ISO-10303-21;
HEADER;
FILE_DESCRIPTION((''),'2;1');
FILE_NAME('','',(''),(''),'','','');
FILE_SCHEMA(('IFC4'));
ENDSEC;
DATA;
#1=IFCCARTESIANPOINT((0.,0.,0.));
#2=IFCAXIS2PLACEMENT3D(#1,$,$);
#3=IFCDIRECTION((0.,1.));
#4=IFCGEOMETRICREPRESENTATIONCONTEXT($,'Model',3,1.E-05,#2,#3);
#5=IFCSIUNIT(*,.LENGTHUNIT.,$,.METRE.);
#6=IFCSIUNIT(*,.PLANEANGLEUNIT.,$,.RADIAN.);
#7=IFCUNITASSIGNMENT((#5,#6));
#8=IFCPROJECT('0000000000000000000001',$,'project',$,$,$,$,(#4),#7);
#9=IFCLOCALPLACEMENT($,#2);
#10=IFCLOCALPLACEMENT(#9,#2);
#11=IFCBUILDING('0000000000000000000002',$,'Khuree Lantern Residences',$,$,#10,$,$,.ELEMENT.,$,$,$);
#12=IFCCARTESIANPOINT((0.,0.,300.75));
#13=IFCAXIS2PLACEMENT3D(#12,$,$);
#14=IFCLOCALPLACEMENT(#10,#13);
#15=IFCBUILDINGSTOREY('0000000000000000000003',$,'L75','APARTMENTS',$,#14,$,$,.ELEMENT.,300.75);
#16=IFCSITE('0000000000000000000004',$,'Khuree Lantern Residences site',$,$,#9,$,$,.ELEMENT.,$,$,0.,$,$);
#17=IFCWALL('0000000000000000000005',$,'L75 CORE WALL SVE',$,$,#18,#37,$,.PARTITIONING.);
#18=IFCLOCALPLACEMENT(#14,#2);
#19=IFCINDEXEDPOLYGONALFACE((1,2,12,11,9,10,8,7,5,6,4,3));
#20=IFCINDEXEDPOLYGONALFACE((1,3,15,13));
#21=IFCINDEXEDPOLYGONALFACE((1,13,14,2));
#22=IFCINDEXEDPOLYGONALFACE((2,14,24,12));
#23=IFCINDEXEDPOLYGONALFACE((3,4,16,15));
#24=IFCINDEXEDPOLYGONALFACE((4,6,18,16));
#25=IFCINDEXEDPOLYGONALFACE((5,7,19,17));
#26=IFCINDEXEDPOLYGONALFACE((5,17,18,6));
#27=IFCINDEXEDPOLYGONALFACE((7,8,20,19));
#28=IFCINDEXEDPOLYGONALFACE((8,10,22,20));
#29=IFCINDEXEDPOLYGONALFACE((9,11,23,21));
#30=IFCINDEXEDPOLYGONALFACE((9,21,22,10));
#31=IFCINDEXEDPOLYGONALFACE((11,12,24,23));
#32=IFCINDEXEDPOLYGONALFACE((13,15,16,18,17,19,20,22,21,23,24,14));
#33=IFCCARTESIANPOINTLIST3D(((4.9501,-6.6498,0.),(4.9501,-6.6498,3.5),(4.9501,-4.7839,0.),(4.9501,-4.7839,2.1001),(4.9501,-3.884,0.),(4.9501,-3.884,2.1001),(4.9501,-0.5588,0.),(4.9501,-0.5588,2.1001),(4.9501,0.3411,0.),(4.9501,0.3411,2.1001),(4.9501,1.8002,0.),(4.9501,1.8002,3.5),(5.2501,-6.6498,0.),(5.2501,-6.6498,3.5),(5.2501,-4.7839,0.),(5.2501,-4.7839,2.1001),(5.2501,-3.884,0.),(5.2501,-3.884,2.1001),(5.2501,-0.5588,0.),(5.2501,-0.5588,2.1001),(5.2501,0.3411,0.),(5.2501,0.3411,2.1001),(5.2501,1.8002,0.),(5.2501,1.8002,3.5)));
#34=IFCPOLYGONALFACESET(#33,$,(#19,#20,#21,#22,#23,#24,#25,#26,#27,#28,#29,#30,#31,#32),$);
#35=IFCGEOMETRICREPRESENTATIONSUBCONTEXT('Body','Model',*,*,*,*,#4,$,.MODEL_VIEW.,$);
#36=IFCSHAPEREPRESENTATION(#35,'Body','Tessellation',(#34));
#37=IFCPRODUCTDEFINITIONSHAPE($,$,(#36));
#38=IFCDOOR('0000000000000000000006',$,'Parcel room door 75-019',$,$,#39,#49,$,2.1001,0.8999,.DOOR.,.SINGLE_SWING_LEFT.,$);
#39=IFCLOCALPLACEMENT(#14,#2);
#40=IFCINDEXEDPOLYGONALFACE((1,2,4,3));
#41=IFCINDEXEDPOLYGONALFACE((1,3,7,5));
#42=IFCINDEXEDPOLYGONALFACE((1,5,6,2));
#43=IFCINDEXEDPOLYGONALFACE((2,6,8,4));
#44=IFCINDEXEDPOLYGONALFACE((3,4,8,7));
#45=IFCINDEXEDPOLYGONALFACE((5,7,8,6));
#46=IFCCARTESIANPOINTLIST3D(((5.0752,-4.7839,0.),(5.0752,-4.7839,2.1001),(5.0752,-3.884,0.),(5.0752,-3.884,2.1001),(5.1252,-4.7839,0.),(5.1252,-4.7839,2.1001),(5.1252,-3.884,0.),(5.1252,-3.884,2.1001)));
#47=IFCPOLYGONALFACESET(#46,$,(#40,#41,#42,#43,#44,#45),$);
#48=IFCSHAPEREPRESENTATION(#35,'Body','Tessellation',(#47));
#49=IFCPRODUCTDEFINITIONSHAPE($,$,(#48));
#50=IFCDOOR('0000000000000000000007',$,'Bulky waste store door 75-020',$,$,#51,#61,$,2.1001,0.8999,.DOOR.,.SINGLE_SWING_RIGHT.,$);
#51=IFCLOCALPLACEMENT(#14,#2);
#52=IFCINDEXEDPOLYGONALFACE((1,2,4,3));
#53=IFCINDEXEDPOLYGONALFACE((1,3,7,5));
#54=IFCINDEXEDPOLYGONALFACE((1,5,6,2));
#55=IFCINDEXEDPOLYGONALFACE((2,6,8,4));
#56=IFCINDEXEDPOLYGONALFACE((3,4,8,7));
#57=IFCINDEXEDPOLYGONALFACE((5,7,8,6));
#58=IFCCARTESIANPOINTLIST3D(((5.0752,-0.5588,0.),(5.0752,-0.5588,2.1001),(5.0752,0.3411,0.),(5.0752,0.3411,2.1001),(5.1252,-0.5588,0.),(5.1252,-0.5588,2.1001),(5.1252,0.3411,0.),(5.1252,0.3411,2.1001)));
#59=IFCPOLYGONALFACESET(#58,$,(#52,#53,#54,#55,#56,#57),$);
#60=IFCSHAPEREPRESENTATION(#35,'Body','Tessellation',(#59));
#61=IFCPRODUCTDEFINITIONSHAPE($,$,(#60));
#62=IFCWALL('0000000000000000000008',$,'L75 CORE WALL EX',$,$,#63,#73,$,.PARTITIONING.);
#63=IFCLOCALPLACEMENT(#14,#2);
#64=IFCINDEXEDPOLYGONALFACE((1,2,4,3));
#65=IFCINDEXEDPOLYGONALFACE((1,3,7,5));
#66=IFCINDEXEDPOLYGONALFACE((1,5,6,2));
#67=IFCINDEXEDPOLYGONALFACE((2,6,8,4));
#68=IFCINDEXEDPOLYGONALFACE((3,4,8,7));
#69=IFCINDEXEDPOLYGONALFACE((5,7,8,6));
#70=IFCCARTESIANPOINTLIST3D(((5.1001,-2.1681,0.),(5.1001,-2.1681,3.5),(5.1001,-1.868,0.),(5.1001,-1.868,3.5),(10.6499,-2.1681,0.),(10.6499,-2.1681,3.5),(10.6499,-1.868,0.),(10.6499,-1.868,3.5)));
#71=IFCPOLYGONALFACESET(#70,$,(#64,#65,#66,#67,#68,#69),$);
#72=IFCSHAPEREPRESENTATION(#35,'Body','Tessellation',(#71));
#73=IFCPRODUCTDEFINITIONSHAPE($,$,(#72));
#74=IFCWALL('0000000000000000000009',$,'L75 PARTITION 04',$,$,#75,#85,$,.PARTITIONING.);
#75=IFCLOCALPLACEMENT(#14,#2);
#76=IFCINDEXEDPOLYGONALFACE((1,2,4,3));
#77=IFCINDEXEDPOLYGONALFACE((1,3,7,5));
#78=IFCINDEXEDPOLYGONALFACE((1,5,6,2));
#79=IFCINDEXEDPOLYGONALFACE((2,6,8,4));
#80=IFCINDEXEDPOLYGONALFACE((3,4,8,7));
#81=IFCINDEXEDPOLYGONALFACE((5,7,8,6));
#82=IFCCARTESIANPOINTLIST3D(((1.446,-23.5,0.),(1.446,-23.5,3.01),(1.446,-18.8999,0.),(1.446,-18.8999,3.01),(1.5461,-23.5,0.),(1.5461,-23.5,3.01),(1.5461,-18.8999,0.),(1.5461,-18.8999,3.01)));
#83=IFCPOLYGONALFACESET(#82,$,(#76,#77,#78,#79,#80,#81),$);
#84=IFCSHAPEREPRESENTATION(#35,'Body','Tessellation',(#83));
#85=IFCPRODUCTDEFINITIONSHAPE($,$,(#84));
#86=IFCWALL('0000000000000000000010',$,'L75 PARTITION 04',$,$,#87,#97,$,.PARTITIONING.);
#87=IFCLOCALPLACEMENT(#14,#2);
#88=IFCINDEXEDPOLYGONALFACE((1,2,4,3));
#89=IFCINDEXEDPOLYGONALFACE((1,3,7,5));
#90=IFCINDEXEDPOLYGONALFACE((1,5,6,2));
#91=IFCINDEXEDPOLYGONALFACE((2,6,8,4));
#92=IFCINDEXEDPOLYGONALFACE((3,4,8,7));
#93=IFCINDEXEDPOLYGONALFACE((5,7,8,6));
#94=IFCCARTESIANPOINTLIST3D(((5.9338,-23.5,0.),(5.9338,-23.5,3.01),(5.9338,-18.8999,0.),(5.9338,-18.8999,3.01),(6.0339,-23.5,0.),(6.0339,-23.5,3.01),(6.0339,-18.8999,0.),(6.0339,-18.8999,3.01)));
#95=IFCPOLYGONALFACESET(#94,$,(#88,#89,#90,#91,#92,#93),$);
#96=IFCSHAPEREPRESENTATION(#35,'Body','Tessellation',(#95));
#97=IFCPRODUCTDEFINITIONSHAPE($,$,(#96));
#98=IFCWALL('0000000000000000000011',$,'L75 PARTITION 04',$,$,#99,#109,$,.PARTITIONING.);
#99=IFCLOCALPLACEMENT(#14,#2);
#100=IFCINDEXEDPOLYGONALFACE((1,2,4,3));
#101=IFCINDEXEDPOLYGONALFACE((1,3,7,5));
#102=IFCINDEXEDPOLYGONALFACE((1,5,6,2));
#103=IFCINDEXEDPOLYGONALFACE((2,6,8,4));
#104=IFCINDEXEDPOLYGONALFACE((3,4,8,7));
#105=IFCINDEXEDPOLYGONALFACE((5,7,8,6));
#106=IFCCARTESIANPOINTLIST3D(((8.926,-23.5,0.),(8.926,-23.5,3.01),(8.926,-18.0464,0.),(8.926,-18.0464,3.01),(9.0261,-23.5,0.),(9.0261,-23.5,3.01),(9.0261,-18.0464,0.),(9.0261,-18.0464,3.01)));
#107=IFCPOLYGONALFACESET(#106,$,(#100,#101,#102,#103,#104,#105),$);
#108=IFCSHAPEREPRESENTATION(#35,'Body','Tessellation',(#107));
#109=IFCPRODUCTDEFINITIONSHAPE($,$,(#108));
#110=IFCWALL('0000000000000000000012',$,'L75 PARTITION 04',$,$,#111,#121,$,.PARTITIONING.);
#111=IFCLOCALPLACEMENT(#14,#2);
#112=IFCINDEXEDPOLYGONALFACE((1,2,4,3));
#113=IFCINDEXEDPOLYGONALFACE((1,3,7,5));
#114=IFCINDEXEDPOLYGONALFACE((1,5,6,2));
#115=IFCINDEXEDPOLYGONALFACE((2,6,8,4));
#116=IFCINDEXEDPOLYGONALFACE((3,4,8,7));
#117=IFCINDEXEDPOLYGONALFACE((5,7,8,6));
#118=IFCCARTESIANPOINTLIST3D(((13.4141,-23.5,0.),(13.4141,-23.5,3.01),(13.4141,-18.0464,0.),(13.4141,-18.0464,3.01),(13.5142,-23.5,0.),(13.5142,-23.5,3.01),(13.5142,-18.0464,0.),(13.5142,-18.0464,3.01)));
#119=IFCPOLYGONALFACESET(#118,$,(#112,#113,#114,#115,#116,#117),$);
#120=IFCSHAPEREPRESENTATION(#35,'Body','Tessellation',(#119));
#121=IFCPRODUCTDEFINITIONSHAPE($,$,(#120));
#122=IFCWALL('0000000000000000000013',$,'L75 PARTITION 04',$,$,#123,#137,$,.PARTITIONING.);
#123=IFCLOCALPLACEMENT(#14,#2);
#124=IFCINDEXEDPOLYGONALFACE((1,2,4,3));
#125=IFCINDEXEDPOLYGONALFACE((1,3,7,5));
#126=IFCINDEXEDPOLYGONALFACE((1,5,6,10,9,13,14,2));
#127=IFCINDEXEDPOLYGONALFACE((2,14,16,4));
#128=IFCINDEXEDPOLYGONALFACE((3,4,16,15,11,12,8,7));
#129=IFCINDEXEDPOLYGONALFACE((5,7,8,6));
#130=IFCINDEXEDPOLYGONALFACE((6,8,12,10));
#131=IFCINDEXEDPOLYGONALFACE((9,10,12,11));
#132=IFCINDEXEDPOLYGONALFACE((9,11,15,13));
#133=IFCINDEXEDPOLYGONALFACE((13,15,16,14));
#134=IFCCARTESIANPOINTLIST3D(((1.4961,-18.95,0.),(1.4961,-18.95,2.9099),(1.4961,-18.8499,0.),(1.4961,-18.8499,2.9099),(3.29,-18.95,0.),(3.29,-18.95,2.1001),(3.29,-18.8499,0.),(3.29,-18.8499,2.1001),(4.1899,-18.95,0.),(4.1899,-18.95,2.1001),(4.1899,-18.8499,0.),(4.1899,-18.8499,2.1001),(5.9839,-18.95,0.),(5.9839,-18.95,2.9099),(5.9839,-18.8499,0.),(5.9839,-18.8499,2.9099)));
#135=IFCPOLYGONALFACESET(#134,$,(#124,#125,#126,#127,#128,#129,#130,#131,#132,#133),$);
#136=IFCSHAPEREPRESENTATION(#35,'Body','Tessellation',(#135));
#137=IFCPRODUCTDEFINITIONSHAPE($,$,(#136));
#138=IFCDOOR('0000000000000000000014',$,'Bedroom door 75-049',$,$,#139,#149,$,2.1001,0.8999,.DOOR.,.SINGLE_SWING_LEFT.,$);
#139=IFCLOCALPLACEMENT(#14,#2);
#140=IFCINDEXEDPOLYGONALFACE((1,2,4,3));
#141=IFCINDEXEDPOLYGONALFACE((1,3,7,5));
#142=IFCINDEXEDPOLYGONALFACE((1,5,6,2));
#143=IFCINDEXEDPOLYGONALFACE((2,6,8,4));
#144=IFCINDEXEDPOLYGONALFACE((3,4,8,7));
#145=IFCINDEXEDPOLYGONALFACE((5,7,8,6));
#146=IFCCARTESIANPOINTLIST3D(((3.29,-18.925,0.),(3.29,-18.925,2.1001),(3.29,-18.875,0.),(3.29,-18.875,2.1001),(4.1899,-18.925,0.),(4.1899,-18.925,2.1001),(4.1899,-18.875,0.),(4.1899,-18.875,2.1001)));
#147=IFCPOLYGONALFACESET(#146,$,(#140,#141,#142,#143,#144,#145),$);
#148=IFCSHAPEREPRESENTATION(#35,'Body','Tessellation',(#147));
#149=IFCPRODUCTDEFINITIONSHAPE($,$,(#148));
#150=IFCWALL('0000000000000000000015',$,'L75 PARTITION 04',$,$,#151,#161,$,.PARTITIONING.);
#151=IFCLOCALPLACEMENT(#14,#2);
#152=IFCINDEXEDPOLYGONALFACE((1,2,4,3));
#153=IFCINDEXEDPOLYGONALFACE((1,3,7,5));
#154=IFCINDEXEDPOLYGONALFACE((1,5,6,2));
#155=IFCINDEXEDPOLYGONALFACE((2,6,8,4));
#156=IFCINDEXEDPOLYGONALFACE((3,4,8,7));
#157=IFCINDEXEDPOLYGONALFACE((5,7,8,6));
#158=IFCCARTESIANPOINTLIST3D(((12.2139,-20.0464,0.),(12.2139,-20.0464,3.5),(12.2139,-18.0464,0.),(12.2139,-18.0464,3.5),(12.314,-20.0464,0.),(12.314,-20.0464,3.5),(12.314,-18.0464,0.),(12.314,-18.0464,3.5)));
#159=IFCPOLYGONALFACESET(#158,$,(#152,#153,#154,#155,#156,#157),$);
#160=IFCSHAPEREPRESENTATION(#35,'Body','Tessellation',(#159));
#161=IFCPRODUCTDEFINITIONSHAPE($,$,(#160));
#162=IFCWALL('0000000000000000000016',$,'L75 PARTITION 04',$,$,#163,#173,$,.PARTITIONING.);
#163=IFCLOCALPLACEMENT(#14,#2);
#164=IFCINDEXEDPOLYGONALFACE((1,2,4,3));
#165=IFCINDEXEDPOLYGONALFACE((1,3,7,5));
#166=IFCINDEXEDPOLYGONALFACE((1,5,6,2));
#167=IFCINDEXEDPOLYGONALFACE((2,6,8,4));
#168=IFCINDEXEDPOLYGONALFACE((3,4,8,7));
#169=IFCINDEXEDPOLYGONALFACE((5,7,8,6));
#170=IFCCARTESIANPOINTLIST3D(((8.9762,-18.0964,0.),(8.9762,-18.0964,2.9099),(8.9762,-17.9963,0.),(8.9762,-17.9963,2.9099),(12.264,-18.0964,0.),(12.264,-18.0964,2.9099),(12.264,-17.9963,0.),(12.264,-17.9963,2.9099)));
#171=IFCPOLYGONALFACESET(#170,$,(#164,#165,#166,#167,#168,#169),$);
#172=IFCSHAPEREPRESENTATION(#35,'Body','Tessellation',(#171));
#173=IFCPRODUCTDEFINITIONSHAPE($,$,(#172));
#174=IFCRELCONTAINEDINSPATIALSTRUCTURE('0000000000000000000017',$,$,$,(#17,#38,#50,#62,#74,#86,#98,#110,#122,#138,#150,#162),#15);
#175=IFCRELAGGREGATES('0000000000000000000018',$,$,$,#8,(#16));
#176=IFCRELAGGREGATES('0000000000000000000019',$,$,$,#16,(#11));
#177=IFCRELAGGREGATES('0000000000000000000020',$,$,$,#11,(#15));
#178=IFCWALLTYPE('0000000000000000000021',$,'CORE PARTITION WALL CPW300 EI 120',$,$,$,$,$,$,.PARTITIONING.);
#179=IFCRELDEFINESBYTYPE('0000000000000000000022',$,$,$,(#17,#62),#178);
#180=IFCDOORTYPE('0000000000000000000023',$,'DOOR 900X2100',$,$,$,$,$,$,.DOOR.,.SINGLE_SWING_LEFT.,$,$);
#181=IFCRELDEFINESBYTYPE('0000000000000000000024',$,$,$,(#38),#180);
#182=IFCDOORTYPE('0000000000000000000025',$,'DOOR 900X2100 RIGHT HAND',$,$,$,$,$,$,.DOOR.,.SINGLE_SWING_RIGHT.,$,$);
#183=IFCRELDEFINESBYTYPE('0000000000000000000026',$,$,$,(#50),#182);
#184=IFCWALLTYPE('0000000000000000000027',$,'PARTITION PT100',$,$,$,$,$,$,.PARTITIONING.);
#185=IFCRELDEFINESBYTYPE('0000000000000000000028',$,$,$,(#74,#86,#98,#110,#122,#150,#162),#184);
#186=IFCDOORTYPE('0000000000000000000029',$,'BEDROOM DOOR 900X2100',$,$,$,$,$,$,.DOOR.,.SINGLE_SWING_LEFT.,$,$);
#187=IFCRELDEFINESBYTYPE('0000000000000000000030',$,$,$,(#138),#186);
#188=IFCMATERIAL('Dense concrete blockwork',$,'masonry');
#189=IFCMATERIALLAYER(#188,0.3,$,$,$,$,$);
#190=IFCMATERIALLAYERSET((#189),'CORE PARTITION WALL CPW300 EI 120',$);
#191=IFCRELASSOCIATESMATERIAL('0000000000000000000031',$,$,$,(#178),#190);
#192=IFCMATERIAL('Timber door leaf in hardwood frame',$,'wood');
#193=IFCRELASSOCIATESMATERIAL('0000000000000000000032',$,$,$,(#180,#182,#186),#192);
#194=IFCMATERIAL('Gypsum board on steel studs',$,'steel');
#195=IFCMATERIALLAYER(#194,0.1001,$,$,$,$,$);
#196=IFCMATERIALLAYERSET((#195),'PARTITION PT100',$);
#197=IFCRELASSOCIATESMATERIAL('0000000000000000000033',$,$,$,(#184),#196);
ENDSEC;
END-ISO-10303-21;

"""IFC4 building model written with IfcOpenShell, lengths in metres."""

from ifc_helpers import new_model, si_unit, direction, frame, frame_2d, origin, place, context, subcontext, project, spatial, rectangle, extrude, material, layer, layer_set, type_object, element, fill, save


model = new_model("IFC4")

# Units and contexts
model_context = context("Model", 3, precision=1e-05, world=origin(), true_north=direction((0.0, 1.0)))
body_context = subcontext(model_context, "Body", "Model", "MODEL_VIEW")
ifc_project = project(units=[si_unit("LENGTHUNIT", "METRE"), si_unit("PLANEANGLEUNIT", "RADIAN")], contexts=[model_context])

# Site, building, storey
site_placement = place(None, origin())
site = spatial("IfcSite", under=ifc_project, at=site_placement, Name="Khuree Lantern Residences site", CompositionType="ELEMENT", RefElevation=0.0)
building_placement = place(site_placement, origin())
building = spatial("IfcBuilding", under=site, at=building_placement, Name="Khuree Lantern Residences", CompositionType="ELEMENT")
storey_placement = place(building_placement, frame((0.0, 0.0, 300.75)))
storey = spatial("IfcBuildingStorey", under=building, at=storey_placement, Name="L75", Description="APARTMENTS", CompositionType="ELEMENT", Elevation=300.75)

# Shared definitions
ifc_material_1 = material(Name="Dense concrete blockwork", Category="masonry")
ifc_layer_1 = layer(ifc_material_1, 0.3)
ifc_layer_set_1 = layer_set([ifc_layer_1], Name="CORE PARTITION WALL CPW300 EI 120")
wall_type_1 = type_object("IfcWallType", Name="CORE PARTITION WALL CPW300 EI 120", PredefinedType="PARTITIONING", material=ifc_layer_set_1)

# Wall, openings, doors
wall_1_placement = place(storey_placement, frame((5.1001, -6.6499, 0.0), z_axis=(0.0, 0.0, 1.0), x_axis=(0.0, 1.0, 0.0)))
wall_1 = element("IfcWall", 1, at=wall_1_placement, inside=storey, type_object=wall_type_1, Name="L75 CORE WALL SVE", PredefinedType="PARTITIONING", context=body_context, shape_type="SweptSolid", body=[
    extrude(rectangle(XDim=8.45, YDim=0.3, at=frame_2d((4.2251, 0.0))), origin(), (0.0, 0.0, 1.0), 3.5),
])
opening_1_placement = place(wall_1_placement, frame((1.866, 0.0, 0.0)))
opening_1 = element("IfcOpeningElement", 2, at=opening_1_placement, cuts=wall_1, PredefinedType="OPENING", context=body_context, shape_type="SweptSolid", body=[
    extrude(rectangle(XDim=0.8999, YDim=2.1001, at=frame_2d((0.45, 1.05))), frame((0.0, 0.1602, 0.0), z_axis=(0.0, -1.0, 0.0), x_axis=(1.0, 0.0, 0.0)), (0.0, 0.0, 1.0), 0.3201),
])
opening_2_placement = place(wall_1_placement, frame((6.0911, 0.0, 0.0)))
opening_2 = element("IfcOpeningElement", 3, at=opening_2_placement, cuts=wall_1, PredefinedType="OPENING", context=body_context, shape_type="SweptSolid", body=[
    extrude(rectangle(XDim=0.8999, YDim=2.1001, at=frame_2d((0.45, 1.05))), frame((0.0, 0.1602, 0.0), z_axis=(0.0, -1.0, 0.0), x_axis=(1.0, 0.0, 0.0)), (0.0, 0.0, 1.0), 0.3201),
])
ifc_material_2 = material(Name="Timber door leaf in hardwood frame", Category="wood")
door_type_1 = type_object("IfcDoorType", Name="DOOR 900X2100", OperationType="SINGLE_SWING_LEFT", PredefinedType="DOOR", material=ifc_material_2)
door_1_placement = place(opening_1_placement, origin())
door_1 = element("IfcDoor", 4, at=door_1_placement, inside=storey, type_object=door_type_1, Name="Parcel room door 75-019", OperationType="SINGLE_SWING_LEFT", OverallHeight=2.1001, OverallWidth=0.8999, PredefinedType="DOOR", context=body_context, shape_type="SweptSolid", body=[
    extrude(rectangle(XDim=0.8999, YDim=2.1001, at=frame_2d((0.45, 1.05))), frame((0.0, 0.0249, 0.0), z_axis=(0.0, -1.0, 0.0), x_axis=(1.0, 0.0, 0.0)), (0.0, 0.0, 1.0), 0.05),
])
fill(opening_1, door_1)
door_type_2 = type_object("IfcDoorType", Name="DOOR 900X2100 RIGHT HAND", OperationType="SINGLE_SWING_RIGHT", PredefinedType="DOOR", material=ifc_material_2)
door_2_placement = place(opening_2_placement, origin())
door_2 = element("IfcDoor", 5, at=door_2_placement, inside=storey, type_object=door_type_2, Name="Bulky waste store door 75-020", OperationType="SINGLE_SWING_RIGHT", OverallHeight=2.1001, OverallWidth=0.8999, PredefinedType="DOOR", context=body_context, shape_type="SweptSolid", body=[
    extrude(rectangle(XDim=0.8999, YDim=2.1001, at=frame_2d((0.45, 1.05))), frame((0.0, 0.0249, 0.0), z_axis=(0.0, -1.0, 0.0), x_axis=(1.0, 0.0, 0.0)), (0.0, 0.0, 1.0), 0.05),
])
fill(opening_2, door_2)

# Walls
wall_2_placement = place(storey_placement, frame((10.6499, -2.0181, 0.0), z_axis=(0.0, 0.0, 1.0), x_axis=(-1.0, 0.0, 0.0)))
element("IfcWall", 6, at=wall_2_placement, inside=storey, type_object=wall_type_1, Name="L75 CORE WALL EX", PredefinedType="PARTITIONING", context=body_context, shape_type="SweptSolid", body=[
    extrude(rectangle(XDim=5.5498, YDim=0.3, at=frame_2d((2.7749, 0.0))), origin(), (0.0, 0.0, 1.0), 3.5),
])
ifc_material_3 = material(Name="Gypsum board on steel studs", Category="steel")
ifc_layer_2 = layer(ifc_material_3, 0.1001)
ifc_layer_set_2 = layer_set([ifc_layer_2], Name="PARTITION PT100")
wall_type_2 = type_object("IfcWallType", Name="PARTITION PT100", PredefinedType="PARTITIONING", material=ifc_layer_set_2)
for number, where, z_axis, x_axis, name in (
    (7, (1.4961, -18.8999, 0.0), (0.0, 0.0, 1.0), (0.0, -1.0, 0.0), "L75 PARTITION 04"),
    (8, (5.9839, -18.8999, 0.0), (0.0, 0.0, 1.0), (0.0, -1.0, 0.0), "L75 PARTITION 04"),
):
    element("IfcWall", number, at=place(storey_placement, frame(where, z_axis=z_axis, x_axis=x_axis)), inside=storey, type_object=wall_type_2, Name=name, PredefinedType="PARTITIONING", context=body_context, shape_type="SweptSolid", body=[
        extrude(rectangle(XDim=4.6001, YDim=0.1001, at=frame_2d((2.3, 0.0))), origin(), (0.0, 0.0, 1.0), 3.01),
    ])
for number, where, z_axis, x_axis, name in (
    (9, (8.9761, -18.0464, 0.0), (0.0, 0.0, 1.0), (0.0, -1.0, 0.0), "L75 PARTITION 04"),
    (10, (13.4641, -18.0464, 0.0), (0.0, 0.0, 1.0), (0.0, -1.0, 0.0), "L75 PARTITION 04"),
):
    element("IfcWall", number, at=place(storey_placement, frame(where, z_axis=z_axis, x_axis=x_axis)), inside=storey, type_object=wall_type_2, Name=name, PredefinedType="PARTITIONING", context=body_context, shape_type="SweptSolid", body=[
        extrude(rectangle(XDim=5.4536, YDim=0.1001, at=frame_2d((2.7268, 0.0))), origin(), (0.0, 0.0, 1.0), 3.01),
    ])

# Wall, opening, door
wall_3_placement = place(storey_placement, frame((1.4961, -18.8999, 0.0), z_axis=(0.0, 0.0, 1.0), x_axis=(1.0, 0.0, 0.0)))
wall_3 = element("IfcWall", 11, at=wall_3_placement, inside=storey, type_object=wall_type_2, Name="L75 PARTITION 04", PredefinedType="PARTITIONING", context=body_context, shape_type="SweptSolid", body=[
    extrude(rectangle(XDim=4.4878, YDim=0.1001, at=frame_2d((2.2439, 0.0))), origin(), (0.0, 0.0, 1.0), 2.9099),
])
opening_3_placement = place(wall_3_placement, frame((1.7939, 0.0, 0.0)))
opening_3 = element("IfcOpeningElement", 12, at=opening_3_placement, cuts=wall_3, PredefinedType="OPENING", context=body_context, shape_type="SweptSolid", body=[
    extrude(rectangle(XDim=0.8999, YDim=2.1001, at=frame_2d((0.45, 1.05))), frame((0.0, 0.0601, 0.0), z_axis=(0.0, -1.0, 0.0), x_axis=(1.0, 0.0, 0.0)), (0.0, 0.0, 1.0), 0.1201),
])
door_type_3 = type_object("IfcDoorType", Name="BEDROOM DOOR 900X2100", OperationType="SINGLE_SWING_LEFT", PredefinedType="DOOR", material=ifc_material_2)
door_3_placement = place(opening_3_placement, origin())
door_3 = element("IfcDoor", 13, at=door_3_placement, inside=storey, type_object=door_type_3, Name="Bedroom door 75-049", OperationType="SINGLE_SWING_LEFT", OverallHeight=2.1001, OverallWidth=0.8999, PredefinedType="DOOR", context=body_context, shape_type="SweptSolid", body=[
    extrude(rectangle(XDim=0.8999, YDim=2.1001, at=frame_2d((0.45, 1.05))), frame((0.0, 0.0249, 0.0), z_axis=(0.0, -1.0, 0.0), x_axis=(1.0, 0.0, 0.0)), (0.0, 0.0, 1.0), 0.05),
])
fill(opening_3, door_3)

# Walls
wall_4_placement = place(storey_placement, frame((12.2639, -18.0464, 0.0), z_axis=(0.0, 0.0, 1.0), x_axis=(0.0, -1.0, 0.0)))
element("IfcWall", 14, at=wall_4_placement, inside=storey, type_object=wall_type_2, Name="L75 PARTITION 04", PredefinedType="PARTITIONING", context=body_context, shape_type="SweptSolid", body=[
    extrude(rectangle(XDim=2.0, YDim=0.1001, at=frame_2d((1.0, 0.0))), origin(), (0.0, 0.0, 1.0), 3.5),
])
wall_5_placement = place(storey_placement, frame((8.9761, -18.0464, 0.0), z_axis=(0.0, 0.0, 1.0), x_axis=(1.0, 0.0, 0.0)))
element("IfcWall", 15, at=wall_5_placement, inside=storey, type_object=wall_type_2, Name="L75 PARTITION 04", PredefinedType="PARTITIONING", context=body_context, shape_type="SweptSolid", body=[
    extrude(rectangle(XDim=3.2878, YDim=0.1001, at=frame_2d((1.644, 0.0))), origin(), (0.0, 0.0, 1.0), 2.9099),
])

save(model, "model.ifc")
